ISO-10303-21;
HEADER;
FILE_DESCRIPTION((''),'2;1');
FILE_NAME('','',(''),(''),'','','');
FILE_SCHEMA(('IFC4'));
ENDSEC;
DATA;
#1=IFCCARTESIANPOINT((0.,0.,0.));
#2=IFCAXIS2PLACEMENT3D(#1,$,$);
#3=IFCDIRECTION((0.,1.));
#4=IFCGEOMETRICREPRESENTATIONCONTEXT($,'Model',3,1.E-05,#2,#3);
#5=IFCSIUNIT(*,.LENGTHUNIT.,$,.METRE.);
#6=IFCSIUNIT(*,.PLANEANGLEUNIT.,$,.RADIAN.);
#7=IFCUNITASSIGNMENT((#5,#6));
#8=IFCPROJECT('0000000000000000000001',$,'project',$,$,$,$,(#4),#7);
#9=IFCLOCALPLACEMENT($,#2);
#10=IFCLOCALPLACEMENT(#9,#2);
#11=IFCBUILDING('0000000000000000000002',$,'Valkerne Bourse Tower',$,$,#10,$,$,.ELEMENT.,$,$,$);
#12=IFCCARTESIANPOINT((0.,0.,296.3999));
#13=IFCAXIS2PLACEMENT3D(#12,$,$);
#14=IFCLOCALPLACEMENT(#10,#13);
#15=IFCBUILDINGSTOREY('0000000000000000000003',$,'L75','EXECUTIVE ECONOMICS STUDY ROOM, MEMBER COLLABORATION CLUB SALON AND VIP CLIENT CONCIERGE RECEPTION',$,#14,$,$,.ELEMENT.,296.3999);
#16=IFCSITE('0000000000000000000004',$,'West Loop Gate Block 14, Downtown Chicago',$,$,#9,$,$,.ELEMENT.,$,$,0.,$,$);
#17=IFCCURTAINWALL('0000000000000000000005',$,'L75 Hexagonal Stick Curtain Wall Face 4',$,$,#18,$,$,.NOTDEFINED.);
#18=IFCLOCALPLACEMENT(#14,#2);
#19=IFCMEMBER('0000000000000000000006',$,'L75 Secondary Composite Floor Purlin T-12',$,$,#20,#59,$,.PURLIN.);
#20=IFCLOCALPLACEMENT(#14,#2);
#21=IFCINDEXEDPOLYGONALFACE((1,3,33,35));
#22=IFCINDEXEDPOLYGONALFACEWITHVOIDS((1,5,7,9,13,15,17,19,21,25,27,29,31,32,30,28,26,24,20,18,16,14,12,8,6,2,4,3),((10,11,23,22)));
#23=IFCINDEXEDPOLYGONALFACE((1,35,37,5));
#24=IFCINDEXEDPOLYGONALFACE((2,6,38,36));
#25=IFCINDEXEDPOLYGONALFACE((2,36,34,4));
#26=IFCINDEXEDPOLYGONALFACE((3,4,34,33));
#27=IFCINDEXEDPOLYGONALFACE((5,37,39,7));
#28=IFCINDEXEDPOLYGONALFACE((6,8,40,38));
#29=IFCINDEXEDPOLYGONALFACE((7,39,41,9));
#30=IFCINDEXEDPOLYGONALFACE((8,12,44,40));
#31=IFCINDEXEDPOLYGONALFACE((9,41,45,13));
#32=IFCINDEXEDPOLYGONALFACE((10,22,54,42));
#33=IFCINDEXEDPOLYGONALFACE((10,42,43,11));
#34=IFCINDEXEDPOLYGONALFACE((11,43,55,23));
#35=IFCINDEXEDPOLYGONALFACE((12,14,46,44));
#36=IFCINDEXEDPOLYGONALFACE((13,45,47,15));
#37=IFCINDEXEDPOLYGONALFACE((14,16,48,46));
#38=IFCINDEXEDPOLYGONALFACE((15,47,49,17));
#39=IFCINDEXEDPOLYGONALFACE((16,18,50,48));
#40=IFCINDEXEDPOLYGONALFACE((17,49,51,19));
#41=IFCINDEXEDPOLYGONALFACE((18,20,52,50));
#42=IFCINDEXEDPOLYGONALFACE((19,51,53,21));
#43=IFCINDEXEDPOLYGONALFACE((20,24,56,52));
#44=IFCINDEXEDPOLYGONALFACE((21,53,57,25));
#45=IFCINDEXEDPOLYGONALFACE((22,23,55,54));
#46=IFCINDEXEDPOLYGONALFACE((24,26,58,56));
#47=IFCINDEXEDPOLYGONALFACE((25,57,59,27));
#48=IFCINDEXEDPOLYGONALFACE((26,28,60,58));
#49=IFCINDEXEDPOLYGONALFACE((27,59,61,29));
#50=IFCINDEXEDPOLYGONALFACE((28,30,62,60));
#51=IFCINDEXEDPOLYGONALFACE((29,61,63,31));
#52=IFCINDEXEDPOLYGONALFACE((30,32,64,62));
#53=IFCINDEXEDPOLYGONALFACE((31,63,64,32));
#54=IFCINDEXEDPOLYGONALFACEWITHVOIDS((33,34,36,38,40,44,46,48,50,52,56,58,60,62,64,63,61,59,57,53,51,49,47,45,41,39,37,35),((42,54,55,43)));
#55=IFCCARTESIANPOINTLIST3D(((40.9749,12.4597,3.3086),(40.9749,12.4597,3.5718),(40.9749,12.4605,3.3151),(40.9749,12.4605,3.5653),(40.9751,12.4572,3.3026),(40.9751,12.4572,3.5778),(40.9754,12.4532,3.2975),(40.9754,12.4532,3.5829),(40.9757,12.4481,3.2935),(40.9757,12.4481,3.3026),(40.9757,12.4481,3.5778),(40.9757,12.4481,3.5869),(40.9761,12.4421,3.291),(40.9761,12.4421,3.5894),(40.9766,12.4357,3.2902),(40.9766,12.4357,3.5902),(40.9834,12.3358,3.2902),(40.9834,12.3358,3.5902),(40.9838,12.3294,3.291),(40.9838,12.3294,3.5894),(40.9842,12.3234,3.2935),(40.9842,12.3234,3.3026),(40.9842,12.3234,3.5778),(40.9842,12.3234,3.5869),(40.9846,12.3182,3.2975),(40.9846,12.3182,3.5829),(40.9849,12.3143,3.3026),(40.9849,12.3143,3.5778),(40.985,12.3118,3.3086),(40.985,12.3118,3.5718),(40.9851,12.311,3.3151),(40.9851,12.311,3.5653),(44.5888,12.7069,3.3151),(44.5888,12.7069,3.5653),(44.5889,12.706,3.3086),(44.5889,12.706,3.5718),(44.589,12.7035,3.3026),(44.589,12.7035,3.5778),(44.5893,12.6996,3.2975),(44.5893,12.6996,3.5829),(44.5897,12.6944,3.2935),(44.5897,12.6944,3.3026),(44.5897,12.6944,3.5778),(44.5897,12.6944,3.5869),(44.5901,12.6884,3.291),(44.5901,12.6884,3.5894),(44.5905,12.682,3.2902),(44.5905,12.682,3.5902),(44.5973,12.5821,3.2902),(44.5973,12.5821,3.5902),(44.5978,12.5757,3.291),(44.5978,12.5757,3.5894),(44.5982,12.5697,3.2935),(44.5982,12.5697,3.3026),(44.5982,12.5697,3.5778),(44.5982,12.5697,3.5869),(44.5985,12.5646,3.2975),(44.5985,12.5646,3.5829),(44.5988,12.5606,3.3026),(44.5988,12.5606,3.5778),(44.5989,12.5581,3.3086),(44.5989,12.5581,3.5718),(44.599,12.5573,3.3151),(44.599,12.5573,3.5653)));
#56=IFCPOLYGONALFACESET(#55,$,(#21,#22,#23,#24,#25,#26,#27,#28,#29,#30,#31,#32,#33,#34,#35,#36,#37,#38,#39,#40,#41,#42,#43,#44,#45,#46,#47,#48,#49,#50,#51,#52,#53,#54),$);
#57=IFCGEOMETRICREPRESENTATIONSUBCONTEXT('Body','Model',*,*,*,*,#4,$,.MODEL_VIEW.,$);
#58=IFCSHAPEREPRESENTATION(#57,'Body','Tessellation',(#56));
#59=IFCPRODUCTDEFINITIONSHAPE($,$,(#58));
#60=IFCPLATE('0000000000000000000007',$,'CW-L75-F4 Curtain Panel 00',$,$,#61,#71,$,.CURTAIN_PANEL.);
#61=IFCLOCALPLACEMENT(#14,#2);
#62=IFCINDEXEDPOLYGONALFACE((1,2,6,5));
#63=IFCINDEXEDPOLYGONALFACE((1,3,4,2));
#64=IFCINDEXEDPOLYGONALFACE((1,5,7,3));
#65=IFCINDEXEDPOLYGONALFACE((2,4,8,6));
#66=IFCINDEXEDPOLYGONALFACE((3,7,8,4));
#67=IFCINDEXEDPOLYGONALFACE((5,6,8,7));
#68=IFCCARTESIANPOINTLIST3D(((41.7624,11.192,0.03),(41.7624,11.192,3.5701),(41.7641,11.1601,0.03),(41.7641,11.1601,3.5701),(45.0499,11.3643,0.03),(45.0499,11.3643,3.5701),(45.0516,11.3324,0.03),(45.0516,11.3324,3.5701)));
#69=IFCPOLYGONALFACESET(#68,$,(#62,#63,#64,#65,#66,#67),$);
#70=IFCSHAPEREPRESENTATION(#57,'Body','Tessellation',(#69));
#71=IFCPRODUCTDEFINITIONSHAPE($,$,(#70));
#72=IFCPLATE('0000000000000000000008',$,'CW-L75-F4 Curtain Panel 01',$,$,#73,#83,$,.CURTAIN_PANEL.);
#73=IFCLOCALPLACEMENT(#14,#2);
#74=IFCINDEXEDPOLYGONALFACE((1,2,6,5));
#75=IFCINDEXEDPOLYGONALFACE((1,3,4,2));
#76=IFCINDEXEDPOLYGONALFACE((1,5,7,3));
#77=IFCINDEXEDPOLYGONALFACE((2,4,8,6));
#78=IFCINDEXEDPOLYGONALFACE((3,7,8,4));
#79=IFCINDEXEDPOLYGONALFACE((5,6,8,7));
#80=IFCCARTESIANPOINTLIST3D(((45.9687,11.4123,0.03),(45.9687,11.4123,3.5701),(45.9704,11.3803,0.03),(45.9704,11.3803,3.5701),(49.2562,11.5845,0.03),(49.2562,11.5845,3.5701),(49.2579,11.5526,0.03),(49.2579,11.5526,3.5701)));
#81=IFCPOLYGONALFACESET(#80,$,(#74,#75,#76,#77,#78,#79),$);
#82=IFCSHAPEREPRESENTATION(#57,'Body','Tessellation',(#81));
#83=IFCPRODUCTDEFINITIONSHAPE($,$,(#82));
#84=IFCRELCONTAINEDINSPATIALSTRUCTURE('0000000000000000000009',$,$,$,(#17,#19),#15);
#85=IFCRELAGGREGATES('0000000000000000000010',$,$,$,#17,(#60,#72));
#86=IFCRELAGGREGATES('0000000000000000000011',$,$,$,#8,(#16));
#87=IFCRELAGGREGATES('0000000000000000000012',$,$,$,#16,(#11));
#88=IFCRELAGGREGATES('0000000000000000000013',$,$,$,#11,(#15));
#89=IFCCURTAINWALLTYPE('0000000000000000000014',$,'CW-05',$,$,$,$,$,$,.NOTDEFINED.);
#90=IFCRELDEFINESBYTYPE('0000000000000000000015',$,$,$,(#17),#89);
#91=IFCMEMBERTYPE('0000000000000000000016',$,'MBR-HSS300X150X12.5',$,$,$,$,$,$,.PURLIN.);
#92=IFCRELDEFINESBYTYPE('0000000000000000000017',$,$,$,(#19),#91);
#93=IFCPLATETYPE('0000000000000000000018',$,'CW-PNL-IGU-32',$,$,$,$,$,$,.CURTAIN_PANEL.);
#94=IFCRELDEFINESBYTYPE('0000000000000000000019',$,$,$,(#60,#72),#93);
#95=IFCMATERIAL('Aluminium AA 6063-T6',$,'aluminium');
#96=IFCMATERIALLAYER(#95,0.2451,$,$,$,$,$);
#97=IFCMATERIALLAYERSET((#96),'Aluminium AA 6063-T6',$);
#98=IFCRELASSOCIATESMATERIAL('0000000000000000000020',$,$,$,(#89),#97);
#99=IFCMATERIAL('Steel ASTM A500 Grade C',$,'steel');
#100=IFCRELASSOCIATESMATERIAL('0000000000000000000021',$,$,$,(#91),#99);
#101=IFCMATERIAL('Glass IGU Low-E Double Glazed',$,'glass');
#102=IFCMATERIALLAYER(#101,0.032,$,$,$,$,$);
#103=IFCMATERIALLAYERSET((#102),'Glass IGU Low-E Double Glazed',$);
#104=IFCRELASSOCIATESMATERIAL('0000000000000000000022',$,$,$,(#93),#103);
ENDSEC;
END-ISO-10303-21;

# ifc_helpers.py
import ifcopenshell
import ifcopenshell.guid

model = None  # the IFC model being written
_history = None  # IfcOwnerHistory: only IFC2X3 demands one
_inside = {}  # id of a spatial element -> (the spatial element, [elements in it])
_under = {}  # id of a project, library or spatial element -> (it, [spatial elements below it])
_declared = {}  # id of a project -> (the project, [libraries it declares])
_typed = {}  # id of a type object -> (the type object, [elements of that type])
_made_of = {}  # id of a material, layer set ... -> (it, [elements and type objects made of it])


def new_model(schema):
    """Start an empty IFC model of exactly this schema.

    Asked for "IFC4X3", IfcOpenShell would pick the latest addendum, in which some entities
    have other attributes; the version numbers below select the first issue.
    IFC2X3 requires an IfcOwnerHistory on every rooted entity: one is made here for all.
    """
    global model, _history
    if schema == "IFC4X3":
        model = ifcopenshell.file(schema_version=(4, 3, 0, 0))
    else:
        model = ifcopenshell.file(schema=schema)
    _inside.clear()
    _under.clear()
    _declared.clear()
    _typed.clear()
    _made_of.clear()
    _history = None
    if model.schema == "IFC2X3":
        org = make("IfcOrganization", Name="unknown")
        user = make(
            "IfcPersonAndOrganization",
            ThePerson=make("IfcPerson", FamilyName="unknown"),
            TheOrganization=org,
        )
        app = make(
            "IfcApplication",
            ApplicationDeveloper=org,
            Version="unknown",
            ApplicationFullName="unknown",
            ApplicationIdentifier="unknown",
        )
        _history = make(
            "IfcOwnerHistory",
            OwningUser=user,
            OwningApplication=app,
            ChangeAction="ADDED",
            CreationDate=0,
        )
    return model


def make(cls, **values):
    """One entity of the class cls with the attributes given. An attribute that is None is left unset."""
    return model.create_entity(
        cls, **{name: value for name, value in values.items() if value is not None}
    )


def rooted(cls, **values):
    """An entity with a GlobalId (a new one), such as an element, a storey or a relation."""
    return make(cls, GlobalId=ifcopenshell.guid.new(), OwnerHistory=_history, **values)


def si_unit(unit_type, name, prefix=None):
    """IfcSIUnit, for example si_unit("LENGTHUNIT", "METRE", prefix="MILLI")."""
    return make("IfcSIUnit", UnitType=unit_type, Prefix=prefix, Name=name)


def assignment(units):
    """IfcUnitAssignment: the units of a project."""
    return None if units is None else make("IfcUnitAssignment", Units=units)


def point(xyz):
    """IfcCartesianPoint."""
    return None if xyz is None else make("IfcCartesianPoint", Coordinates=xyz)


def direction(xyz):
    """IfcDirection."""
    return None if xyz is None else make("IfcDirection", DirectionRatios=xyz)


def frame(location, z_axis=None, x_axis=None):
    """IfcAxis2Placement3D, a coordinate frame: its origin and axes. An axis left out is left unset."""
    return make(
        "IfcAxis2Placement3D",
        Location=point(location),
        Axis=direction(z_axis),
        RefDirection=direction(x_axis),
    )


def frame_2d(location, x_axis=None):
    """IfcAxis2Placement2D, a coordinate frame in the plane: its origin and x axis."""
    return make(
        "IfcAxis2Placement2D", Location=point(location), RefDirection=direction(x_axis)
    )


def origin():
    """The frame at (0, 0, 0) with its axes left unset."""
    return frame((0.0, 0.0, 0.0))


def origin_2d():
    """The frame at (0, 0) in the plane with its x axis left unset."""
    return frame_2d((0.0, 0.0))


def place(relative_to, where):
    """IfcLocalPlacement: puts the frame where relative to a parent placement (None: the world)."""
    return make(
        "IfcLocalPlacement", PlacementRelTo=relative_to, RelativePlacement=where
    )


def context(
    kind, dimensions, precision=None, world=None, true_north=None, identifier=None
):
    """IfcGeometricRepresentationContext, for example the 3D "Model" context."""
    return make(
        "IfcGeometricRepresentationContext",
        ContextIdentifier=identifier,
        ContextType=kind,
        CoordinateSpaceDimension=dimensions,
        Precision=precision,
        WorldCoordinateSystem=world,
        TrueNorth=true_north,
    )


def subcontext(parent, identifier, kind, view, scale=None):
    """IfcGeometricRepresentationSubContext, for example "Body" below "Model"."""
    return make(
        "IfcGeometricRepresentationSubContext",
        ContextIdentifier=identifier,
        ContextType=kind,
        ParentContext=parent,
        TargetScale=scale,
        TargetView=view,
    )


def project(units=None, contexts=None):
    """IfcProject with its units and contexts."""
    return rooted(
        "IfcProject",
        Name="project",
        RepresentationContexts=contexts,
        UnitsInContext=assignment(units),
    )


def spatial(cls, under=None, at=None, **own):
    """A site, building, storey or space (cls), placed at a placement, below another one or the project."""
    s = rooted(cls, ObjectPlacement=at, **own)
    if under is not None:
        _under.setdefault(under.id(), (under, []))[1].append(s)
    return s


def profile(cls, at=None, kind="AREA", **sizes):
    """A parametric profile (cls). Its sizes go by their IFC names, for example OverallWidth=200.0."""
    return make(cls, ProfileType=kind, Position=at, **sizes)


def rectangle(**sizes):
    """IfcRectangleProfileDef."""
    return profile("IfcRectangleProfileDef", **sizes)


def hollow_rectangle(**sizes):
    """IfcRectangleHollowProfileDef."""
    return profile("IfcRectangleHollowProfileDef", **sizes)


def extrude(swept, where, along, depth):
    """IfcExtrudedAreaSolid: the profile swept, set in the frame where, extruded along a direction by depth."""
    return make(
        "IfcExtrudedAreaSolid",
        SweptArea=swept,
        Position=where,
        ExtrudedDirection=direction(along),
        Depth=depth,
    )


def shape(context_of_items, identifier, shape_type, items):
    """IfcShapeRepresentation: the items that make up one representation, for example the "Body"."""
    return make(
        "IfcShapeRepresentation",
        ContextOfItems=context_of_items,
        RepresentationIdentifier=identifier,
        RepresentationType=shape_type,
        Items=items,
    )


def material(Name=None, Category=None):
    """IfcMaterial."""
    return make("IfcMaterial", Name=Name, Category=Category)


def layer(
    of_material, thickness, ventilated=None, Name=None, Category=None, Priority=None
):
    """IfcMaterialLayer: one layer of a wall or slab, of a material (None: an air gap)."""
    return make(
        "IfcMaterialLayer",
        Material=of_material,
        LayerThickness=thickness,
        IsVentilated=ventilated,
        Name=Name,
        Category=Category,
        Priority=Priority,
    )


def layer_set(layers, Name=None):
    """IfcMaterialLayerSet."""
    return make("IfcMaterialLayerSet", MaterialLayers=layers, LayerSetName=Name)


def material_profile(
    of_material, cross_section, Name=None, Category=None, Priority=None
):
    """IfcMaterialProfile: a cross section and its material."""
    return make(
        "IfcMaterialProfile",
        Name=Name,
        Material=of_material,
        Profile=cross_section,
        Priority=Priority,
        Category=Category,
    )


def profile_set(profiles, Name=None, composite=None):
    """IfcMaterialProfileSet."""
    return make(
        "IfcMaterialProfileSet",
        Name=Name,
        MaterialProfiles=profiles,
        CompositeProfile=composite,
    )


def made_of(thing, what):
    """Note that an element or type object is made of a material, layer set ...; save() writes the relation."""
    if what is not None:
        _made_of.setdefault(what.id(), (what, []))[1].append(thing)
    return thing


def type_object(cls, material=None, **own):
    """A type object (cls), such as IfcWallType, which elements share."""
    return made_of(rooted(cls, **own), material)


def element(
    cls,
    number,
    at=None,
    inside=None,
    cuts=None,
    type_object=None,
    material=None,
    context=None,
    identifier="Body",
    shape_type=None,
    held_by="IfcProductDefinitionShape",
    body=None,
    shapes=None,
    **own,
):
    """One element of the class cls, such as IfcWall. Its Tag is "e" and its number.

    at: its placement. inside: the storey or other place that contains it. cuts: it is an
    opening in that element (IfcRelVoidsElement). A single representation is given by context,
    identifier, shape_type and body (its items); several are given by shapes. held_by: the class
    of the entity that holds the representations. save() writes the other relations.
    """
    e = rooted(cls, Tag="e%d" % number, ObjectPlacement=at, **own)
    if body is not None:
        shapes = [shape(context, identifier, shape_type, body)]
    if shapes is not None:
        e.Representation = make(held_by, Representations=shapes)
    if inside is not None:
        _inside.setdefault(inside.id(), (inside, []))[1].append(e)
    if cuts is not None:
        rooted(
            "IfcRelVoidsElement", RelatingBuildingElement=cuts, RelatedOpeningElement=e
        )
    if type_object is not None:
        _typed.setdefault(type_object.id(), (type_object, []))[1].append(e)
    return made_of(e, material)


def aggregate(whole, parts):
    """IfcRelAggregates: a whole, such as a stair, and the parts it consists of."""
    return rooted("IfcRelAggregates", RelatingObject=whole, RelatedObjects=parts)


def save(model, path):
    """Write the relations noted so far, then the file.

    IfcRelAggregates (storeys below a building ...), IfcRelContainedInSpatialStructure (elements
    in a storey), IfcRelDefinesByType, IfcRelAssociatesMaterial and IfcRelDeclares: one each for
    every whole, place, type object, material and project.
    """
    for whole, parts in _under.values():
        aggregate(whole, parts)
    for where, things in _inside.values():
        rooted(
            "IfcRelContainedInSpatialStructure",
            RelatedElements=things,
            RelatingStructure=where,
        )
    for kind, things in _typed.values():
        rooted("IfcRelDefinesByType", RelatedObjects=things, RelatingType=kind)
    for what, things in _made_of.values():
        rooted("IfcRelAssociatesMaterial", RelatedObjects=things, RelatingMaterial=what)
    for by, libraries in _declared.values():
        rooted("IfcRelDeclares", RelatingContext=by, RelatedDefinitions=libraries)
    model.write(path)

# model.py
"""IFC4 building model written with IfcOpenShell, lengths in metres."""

from ifc_helpers import new_model, si_unit, direction, frame, origin, origin_2d, place, context, subcontext, project, spatial, rectangle, hollow_rectangle, extrude, material, layer, layer_set, material_profile, profile_set, type_object, element, aggregate, save


model = new_model("IFC4")

# Units and contexts
model_context = context("Model", 3, precision=1e-05, world=origin(), true_north=direction((0.0, 1.0)))
body_context = subcontext(model_context, "Body", "Model", "MODEL_VIEW")
ifc_project = project(units=[si_unit("LENGTHUNIT", "METRE"), si_unit("PLANEANGLEUNIT", "RADIAN")], contexts=[model_context])

# Site, building, storey
site_placement = place(None, origin())
site = spatial("IfcSite", under=ifc_project, at=site_placement, Name="West Loop Gate Block 14, Downtown Chicago", CompositionType="ELEMENT", RefElevation=0.0)
building_placement = place(site_placement, origin())
building = spatial("IfcBuilding", under=site, at=building_placement, Name="Valkerne Bourse Tower", CompositionType="ELEMENT")
storey_placement = place(building_placement, frame((0.0, 0.0, 296.3999)))
storey = spatial("IfcBuildingStorey", under=building, at=storey_placement, Name="L75", Description="EXECUTIVE ECONOMICS STUDY ROOM, MEMBER COLLABORATION CLUB SALON AND VIP CLIENT CONCIERGE RECEPTION", CompositionType="ELEMENT", Elevation=296.3999)

# Curtain wall
ifc_material_1 = material(Name="Aluminium AA 6063-T6", Category="aluminium")
ifc_layer_1 = layer(ifc_material_1, 0.2451)
ifc_layer_set_1 = layer_set([ifc_layer_1], Name="Aluminium AA 6063-T6")
curtain_wall_type = type_object("IfcCurtainWallType", Name="CW-05", PredefinedType="NOTDEFINED", material=ifc_layer_set_1)
curtain_wall_placement = place(storey_placement, origin())
curtain_wall = element("IfcCurtainWall", 1, at=curtain_wall_placement, inside=storey, type_object=curtain_wall_type, Name="L75 Hexagonal Stick Curtain Wall Face 4", PredefinedType="NOTDEFINED")

# Member
ifc_material_2 = material(Name="Steel ASTM A500 Grade C", Category="steel")
ifc_material_profile_1 = material_profile(ifc_material_2, hollow_rectangle(XDim=0.1499, YDim=0.3, WallThickness=0.0125, OuterFilletRadius=0.0249, at=origin_2d()), Name="HSS300X150X12.5")
ifc_profile_set_1 = profile_set([ifc_material_profile_1], Name="Steel ASTM A500 Grade C")
member_type_1 = type_object("IfcMemberType", Name="MBR-HSS300X150X12.5", PredefinedType="PURLIN", material=ifc_profile_set_1)
member_1_placement = place(storey_placement, frame((40.98, 12.3857, 3.4402), z_axis=(0.997685, 0.068004, 0.0), x_axis=(-0.068004, 0.997685, 0.0)))
element("IfcMember", 2, at=member_1_placement, inside=storey, type_object=member_type_1, Name="L75 Secondary Composite Floor Purlin T-12", PredefinedType="PURLIN", context=body_context, shape_type="SweptSolid", body=[
    extrude(hollow_rectangle(XDim=0.1499, YDim=0.3, WallThickness=0.0125, OuterFilletRadius=0.0249, at=origin_2d()), origin(), (0.0, 0.0, 1.0), 3.6223),
])

# Plates
ifc_material_3 = material(Name="Glass IGU Low-E Double Glazed", Category="glass")
ifc_layer_2 = layer(ifc_material_3, 0.032)
ifc_layer_set_2 = layer_set([ifc_layer_2], Name="Glass IGU Low-E Double Glazed")
plate_type = type_object("IfcPlateType", Name="CW-PNL-IGU-32", PredefinedType="CURTAIN_PANEL", material=ifc_layer_set_2)
plate_1_placement = place(storey_placement, frame((43.407, 11.2622, 0.03), z_axis=(0.0, 0.0, 1.0), x_axis=(0.998629, 0.052351, 0.0)))
plate_1 = element("IfcPlate", 3, at=plate_1_placement, type_object=plate_type, Name="CW-L75-F4 Curtain Panel 00", PredefinedType="CURTAIN_PANEL", context=body_context, shape_type="SweptSolid", body=[
    extrude(rectangle(XDim=3.292, YDim=0.032, at=origin_2d()), origin(), (0.0, 0.0, 1.0), 3.54),
])
plate_2_placement = place(storey_placement, frame((47.6133, 11.4824, 0.03), z_axis=(0.0, 0.0, 1.0), x_axis=(0.99863, 0.052326, 0.0)))
plate_2 = element("IfcPlate", 4, at=plate_2_placement, type_object=plate_type, Name="CW-L75-F4 Curtain Panel 01", PredefinedType="CURTAIN_PANEL", context=body_context, shape_type="SweptSolid", body=[
    extrude(rectangle(XDim=3.292, YDim=0.032, at=origin_2d()), origin(), (0.0, 0.0, 1.0), 3.54),
])
aggregate(curtain_wall, [plate_1, plate_2])

save(model, "model.ifc")
